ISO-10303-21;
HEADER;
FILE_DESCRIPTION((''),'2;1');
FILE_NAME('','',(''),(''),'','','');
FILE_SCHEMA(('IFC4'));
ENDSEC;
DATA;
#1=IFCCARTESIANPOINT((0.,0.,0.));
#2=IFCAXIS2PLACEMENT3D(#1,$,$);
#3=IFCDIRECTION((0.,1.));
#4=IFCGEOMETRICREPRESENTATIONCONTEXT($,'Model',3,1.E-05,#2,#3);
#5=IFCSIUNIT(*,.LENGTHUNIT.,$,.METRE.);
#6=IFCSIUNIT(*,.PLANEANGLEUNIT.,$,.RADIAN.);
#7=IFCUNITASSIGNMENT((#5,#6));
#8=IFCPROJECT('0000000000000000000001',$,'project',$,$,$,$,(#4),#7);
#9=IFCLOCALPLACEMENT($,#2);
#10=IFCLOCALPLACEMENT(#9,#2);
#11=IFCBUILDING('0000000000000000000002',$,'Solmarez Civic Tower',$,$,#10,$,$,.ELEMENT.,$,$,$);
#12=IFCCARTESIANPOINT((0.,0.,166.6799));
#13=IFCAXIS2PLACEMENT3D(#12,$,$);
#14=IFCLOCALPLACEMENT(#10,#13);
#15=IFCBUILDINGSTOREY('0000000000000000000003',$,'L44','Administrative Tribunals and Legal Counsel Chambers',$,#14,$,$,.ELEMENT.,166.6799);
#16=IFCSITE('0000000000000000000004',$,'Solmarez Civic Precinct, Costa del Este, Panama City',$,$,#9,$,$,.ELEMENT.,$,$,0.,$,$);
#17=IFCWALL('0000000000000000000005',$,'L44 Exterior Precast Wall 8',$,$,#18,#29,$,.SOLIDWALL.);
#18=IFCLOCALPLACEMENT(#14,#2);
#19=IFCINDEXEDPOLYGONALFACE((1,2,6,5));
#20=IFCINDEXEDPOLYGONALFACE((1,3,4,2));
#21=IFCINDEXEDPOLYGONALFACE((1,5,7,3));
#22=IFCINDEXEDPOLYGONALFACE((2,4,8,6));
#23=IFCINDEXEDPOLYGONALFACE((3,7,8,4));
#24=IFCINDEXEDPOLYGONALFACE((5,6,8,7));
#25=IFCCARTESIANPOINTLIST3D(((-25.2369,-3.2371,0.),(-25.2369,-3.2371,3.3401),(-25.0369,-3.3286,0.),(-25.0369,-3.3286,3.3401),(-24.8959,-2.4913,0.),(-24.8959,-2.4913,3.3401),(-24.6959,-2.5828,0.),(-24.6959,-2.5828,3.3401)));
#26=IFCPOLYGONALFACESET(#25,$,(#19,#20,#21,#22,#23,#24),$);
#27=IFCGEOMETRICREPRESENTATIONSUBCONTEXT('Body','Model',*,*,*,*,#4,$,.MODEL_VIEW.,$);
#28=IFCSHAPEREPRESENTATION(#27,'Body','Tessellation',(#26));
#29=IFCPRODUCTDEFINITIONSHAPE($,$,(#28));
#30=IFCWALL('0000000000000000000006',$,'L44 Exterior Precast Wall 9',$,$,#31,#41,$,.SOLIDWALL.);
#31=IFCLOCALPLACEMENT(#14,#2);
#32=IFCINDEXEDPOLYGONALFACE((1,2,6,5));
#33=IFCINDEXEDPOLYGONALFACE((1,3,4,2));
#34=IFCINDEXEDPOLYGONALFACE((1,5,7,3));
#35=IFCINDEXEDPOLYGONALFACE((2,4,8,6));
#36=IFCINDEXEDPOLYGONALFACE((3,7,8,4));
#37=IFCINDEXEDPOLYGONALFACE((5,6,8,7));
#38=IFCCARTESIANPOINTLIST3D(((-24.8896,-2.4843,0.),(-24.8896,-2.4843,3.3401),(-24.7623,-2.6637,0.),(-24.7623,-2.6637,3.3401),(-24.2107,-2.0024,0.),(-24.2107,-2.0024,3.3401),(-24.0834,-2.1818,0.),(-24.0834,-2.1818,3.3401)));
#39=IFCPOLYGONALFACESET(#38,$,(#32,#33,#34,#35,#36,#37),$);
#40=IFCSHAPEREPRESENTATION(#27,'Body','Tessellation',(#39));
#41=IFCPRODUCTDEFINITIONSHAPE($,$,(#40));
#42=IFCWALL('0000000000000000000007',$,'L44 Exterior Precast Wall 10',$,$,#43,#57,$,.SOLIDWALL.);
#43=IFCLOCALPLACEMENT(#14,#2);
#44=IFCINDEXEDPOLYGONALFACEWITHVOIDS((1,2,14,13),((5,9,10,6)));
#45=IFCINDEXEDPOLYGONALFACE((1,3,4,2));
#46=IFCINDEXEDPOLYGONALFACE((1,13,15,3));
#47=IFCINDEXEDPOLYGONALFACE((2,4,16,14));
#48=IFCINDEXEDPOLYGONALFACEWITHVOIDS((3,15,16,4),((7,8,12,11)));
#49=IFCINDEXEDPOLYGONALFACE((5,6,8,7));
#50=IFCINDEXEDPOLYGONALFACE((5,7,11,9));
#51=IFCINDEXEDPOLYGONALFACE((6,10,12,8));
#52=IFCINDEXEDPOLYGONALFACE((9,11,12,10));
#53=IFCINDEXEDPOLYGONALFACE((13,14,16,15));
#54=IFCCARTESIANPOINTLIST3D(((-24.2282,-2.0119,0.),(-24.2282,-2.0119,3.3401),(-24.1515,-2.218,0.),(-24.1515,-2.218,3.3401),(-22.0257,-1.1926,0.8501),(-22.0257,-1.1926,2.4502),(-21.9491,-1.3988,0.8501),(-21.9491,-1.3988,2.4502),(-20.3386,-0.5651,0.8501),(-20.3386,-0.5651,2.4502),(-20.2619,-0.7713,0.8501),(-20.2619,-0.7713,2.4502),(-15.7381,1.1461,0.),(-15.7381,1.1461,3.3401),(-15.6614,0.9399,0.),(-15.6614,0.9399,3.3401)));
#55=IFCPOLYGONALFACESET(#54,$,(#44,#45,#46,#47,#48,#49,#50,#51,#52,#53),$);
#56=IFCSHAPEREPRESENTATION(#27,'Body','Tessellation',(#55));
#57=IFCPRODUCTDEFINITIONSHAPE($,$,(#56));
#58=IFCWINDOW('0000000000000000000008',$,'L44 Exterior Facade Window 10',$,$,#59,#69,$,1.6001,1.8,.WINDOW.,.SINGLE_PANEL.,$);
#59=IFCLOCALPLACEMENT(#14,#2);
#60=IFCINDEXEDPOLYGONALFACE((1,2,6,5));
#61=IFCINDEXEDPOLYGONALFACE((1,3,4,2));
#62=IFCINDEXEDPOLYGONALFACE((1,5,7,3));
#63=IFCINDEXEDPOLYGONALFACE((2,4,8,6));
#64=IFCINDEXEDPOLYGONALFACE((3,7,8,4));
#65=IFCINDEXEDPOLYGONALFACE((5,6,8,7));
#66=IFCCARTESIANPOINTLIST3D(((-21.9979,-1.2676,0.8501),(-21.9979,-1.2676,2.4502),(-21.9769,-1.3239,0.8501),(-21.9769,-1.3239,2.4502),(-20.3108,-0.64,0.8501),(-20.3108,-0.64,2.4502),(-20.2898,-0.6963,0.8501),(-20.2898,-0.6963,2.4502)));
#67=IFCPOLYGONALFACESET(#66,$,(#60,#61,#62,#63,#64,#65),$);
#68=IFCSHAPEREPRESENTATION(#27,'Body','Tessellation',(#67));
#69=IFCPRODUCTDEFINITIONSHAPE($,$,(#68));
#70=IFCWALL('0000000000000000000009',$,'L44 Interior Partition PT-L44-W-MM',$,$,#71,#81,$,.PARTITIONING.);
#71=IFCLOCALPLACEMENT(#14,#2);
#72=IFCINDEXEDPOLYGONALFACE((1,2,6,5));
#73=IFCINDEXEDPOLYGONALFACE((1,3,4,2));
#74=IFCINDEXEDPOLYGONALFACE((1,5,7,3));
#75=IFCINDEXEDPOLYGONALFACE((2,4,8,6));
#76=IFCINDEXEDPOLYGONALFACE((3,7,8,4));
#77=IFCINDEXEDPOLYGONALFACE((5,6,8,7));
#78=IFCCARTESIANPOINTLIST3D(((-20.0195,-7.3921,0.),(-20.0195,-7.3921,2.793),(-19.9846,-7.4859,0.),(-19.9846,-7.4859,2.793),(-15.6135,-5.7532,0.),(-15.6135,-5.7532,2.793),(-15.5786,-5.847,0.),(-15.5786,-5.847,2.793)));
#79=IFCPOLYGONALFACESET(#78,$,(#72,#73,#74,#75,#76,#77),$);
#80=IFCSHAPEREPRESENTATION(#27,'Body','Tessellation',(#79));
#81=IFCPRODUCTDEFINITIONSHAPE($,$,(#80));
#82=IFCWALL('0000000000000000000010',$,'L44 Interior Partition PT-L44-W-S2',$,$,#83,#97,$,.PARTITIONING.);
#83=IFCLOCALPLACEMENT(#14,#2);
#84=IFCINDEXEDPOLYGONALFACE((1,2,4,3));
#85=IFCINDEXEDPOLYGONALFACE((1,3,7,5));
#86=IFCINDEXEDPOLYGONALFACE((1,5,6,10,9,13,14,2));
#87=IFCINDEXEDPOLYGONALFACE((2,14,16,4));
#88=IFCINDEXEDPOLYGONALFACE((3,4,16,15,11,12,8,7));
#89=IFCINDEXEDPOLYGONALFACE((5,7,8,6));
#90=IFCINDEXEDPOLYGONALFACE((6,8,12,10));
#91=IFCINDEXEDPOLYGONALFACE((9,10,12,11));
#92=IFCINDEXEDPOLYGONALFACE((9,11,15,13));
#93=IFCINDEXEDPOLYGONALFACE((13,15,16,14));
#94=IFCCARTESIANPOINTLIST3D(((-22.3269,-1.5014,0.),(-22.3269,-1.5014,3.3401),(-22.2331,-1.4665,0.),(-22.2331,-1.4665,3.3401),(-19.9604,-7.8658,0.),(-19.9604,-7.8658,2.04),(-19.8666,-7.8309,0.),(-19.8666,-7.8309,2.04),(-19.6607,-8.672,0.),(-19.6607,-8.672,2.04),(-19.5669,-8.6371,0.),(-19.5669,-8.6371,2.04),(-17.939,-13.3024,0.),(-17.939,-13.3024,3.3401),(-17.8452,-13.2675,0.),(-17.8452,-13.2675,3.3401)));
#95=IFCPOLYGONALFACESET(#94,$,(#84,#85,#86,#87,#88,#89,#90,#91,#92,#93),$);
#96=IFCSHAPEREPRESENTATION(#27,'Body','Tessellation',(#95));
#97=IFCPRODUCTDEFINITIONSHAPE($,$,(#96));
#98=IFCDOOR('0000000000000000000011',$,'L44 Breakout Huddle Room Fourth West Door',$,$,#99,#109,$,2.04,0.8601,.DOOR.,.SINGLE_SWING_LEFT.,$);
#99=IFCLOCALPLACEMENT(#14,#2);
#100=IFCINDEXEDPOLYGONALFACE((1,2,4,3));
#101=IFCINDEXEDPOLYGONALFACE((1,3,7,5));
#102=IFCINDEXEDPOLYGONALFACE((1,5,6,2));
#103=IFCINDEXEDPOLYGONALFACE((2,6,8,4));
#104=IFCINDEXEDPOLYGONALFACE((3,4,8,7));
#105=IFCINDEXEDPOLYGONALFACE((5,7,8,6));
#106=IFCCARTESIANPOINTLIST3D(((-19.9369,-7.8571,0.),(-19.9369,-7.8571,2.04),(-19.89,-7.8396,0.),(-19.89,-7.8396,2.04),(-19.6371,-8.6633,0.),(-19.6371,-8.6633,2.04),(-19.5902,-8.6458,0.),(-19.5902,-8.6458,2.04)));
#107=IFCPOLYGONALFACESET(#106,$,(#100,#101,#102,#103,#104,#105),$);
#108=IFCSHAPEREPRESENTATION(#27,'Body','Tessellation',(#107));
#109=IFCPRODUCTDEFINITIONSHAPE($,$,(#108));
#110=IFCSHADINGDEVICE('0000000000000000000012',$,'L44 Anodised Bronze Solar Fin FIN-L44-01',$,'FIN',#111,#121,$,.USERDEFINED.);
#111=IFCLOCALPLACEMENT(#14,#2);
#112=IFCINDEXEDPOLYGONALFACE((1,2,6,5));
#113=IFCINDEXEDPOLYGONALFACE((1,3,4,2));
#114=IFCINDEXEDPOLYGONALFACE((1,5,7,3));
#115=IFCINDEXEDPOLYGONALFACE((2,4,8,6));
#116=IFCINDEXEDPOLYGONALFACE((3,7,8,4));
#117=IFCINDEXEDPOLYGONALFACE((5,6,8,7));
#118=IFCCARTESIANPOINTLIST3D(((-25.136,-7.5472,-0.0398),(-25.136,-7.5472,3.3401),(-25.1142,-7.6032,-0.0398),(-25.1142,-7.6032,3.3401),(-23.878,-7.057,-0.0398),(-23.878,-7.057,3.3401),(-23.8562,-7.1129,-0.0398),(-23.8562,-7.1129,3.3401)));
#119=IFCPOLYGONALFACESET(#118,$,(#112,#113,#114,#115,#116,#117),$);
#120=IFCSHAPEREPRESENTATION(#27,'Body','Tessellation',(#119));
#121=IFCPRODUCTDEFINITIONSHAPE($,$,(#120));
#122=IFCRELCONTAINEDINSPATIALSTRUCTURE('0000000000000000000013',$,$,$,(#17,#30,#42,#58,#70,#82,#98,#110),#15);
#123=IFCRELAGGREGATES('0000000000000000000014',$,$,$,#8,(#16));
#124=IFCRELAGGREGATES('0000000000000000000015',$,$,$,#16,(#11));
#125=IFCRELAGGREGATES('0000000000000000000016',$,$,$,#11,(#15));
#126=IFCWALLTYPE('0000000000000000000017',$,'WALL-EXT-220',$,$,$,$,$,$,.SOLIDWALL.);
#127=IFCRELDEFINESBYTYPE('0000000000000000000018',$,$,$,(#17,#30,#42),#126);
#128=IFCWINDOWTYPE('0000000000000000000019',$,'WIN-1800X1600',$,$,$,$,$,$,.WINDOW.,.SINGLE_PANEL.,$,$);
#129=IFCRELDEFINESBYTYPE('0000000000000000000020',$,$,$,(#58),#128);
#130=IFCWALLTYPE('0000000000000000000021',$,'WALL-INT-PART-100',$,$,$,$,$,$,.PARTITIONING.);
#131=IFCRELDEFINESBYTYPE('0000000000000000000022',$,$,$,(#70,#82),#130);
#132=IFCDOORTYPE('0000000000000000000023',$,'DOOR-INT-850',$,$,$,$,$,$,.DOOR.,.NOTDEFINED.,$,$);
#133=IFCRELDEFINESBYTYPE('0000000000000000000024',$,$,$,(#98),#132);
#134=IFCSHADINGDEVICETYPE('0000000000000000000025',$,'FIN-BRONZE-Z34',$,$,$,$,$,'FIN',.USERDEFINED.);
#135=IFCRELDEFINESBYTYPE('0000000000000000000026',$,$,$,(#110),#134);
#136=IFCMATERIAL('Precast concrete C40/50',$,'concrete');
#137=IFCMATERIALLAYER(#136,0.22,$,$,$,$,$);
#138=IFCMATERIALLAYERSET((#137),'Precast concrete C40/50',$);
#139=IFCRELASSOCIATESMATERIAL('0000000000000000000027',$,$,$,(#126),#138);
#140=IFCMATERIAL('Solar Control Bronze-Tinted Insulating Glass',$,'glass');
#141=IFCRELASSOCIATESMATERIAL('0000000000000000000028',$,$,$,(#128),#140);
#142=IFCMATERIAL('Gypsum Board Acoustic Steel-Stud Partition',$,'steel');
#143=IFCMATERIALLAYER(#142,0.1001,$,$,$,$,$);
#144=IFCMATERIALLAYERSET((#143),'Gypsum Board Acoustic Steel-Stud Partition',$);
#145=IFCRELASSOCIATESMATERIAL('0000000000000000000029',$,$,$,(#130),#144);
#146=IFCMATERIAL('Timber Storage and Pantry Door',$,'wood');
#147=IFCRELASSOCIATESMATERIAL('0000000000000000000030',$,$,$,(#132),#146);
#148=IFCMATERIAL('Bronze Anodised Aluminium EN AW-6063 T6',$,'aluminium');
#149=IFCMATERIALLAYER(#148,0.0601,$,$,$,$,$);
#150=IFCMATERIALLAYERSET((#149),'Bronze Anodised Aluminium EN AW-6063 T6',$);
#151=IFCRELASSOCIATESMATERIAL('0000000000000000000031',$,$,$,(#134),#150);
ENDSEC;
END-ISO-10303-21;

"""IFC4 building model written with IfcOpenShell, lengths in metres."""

from ifc_helpers import new_model, si_unit, direction, frame, frame_2d, origin, origin_2d, place, context, subcontext, project, spatial, rectangle, extrude, material, layer, layer_set, type_object, element, fill, save


model = new_model("IFC4")

# Units and contexts
model_context = context("Model", 3, precision=1e-05, world=origin(), true_north=direction((0.0, 1.0)))
body_context = subcontext(model_context, "Body", "Model", "MODEL_VIEW")
ifc_project = project(units=[si_unit("LENGTHUNIT", "METRE"), si_unit("PLANEANGLEUNIT", "RADIAN")], contexts=[model_context])

# Site, building, storey
site_placement = place(None, origin())
site = spatial("IfcSite", under=ifc_project, at=site_placement, Name="Solmarez Civic Precinct, Costa del Este, Panama City", CompositionType="ELEMENT", RefElevation=0.0)
building_placement = place(site_placement, origin())
building = spatial("IfcBuilding", under=site, at=building_placement, Name="Solmarez Civic Tower", CompositionType="ELEMENT")
storey_placement = place(building_placement, frame((0.0, 0.0, 166.6799)))
storey = spatial("IfcBuildingStorey", under=building, at=storey_placement, Name="L44", Description="Administrative Tribunals and Legal Counsel Chambers", CompositionType="ELEMENT", Elevation=166.6799)

# Shared definitions
ifc_material_1 = material(Name="Precast concrete C40/50", Category="concrete")
ifc_layer_1 = layer(ifc_material_1, 0.22)
ifc_layer_set_1 = layer_set([ifc_layer_1], Name="Precast concrete C40/50")
wall_type_1 = type_object("IfcWallType", Name="WALL-EXT-220", PredefinedType="SOLIDWALL", material=ifc_layer_set_1)

# Shared definitions
ifc_material_2 = material(Name="Solar Control Bronze-Tinted Insulating Glass", Category="glass")

# Walls
wall_1_placement = place(storey_placement, frame((-25.137, -3.283, 0.0), z_axis=(0.0, 0.0, 1.0), x_axis=(0.415865, 0.909426, 0.0)))
element("IfcWall", 1, at=wall_1_placement, inside=storey, type_object=wall_type_1, Name="L44 Exterior Precast Wall 8", PredefinedType="SOLIDWALL", context=body_context, shape_type="SweptSolid", body=[
    extrude(rectangle(XDim=0.8201, YDim=0.22, at=frame_2d((0.4102, 0.0))), origin(), (0.0, 0.0, 1.0), 3.3401),
])
wall_2_placement = place(storey_placement, frame((-24.8259, -2.574, 0.0), z_axis=(0.0, 0.0, 1.0), x_axis=(0.815454, 0.578822, 0.0)))
element("IfcWall", 2, at=wall_2_placement, inside=storey, type_object=wall_type_1, Name="L44 Exterior Precast Wall 9", PredefinedType="SOLIDWALL", context=body_context, shape_type="SweptSolid", body=[
    extrude(rectangle(XDim=0.8325, YDim=0.22, at=frame_2d((0.4163, 0.0))), origin(), (0.0, 0.0, 1.0), 3.3401),
])

# Wall, opening, window
wall_3_placement = place(storey_placement, frame((-24.1899, -2.115, 0.0), z_axis=(0.0, 0.0, 1.0), x_axis=(0.937262, 0.348626, 0.0)))
wall_3 = element("IfcWall", 3, at=wall_3_placement, inside=storey, type_object=wall_type_1, Name="L44 Exterior Precast Wall 10", PredefinedType="SOLIDWALL", context=body_context, shape_type="SweptSolid", body=[
    extrude(rectangle(XDim=9.0583, YDim=0.22, at=frame_2d((4.5293, 0.0))), origin(), (0.0, 0.0, 1.0), 3.3401),
])
opening_1_placement = place(wall_3_placement, frame((2.3501, 0.0, 0.8501)))
opening_1 = element("IfcOpeningElement", 4, at=opening_1_placement, cuts=wall_3, PredefinedType="OPENING", context=body_context, shape_type="SweptSolid", body=[
    extrude(rectangle(XDim=1.8, YDim=1.6001, at=frame_2d((0.8999, 0.8))), frame((0.0, 0.1199, 0.0), z_axis=(0.0, -1.0, 0.0), x_axis=(1.0, 0.0, 0.0)), (0.0, 0.0, 1.0), 0.24),
])
window_type_1 = type_object("IfcWindowType", Name="WIN-1800X1600", PartitioningType="SINGLE_PANEL", PredefinedType="WINDOW", material=ifc_material_2)
window_1_placement = place(opening_1_placement, origin())
window_1 = element("IfcWindow", 5, at=window_1_placement, inside=storey, type_object=window_type_1, Name="L44 Exterior Facade Window 10", OverallHeight=1.6001, OverallWidth=1.8, PartitioningType="SINGLE_PANEL", PredefinedType="WINDOW", context=body_context, shape_type="SweptSolid", body=[
    extrude(rectangle(XDim=1.8, YDim=1.6001, at=frame_2d((0.8999, 0.8))), frame((0.0, 0.03, 0.0), z_axis=(0.0, -1.0, 0.0), x_axis=(1.0, 0.0, 0.0)), (0.0, 0.0, 1.0), 0.0601),
])
fill(opening_1, window_1)

# Wall
ifc_material_3 = material(Name="Gypsum Board Acoustic Steel-Stud Partition", Category="steel")
ifc_layer_2 = layer(ifc_material_3, 0.1001)
ifc_layer_set_2 = layer_set([ifc_layer_2], Name="Gypsum Board Acoustic Steel-Stud Partition")
wall_type_2 = type_object("IfcWallType", Name="WALL-INT-PART-100", PredefinedType="PARTITIONING", material=ifc_layer_set_2)
wall_4_placement = place(storey_placement, frame((-15.5959, -5.8, 0.0), z_axis=(0.0, 0.0, 1.0), x_axis=(-0.937259, -0.348635, 0.0)))
element("IfcWall", 6, at=wall_4_placement, inside=storey, type_object=wall_type_2, Name="L44 Interior Partition PT-L44-W-MM", PredefinedType="PARTITIONING", context=body_context, shape_type="SweptSolid", body=[
    extrude(rectangle(XDim=4.7009, YDim=0.1001, at=frame_2d((2.3506, 0.0))), origin(), (0.0, 0.0, 1.0), 2.793),
])

# Wall, opening, door
wall_5_placement = place(storey_placement, frame((-17.8921, -13.2849, 0.0), z_axis=(0.0, 0.0, 1.0), x_axis=(-0.348515, 0.937303, 0.0)))
wall_5 = element("IfcWall", 7, at=wall_5_placement, inside=storey, type_object=wall_type_2, Name="L44 Interior Partition PT-L44-W-S2", PredefinedType="PARTITIONING", context=body_context, shape_type="SweptSolid", body=[
    extrude(rectangle(XDim=12.5903, YDim=0.1001, at=frame_2d((6.2952, 0.0))), origin(), (0.0, 0.0, 1.0), 3.3401),
])
opening_2_placement = place(wall_5_placement, frame((4.9399, 0.0, 0.0)))
opening_2 = element("IfcOpeningElement", 8, at=opening_2_placement, cuts=wall_5, PredefinedType="OPENING", context=body_context, shape_type="SweptSolid", body=[
    extrude(rectangle(XDim=0.8601, YDim=2.04, at=frame_2d((0.4302, 1.02))), frame((0.0, 0.0601, 0.0), z_axis=(0.0, -1.0, 0.0), x_axis=(1.0, 0.0, 0.0)), (0.0, 0.0, 1.0), 0.1201),
])
ifc_material_4 = material(Name="Timber Storage and Pantry Door", Category="wood")
door_type = type_object("IfcDoorType", Name="DOOR-INT-850", OperationType="NOTDEFINED", PredefinedType="DOOR", material=ifc_material_4)
door_placement = place(opening_2_placement, origin())
door = element("IfcDoor", 9, at=door_placement, inside=storey, type_object=door_type, Name="L44 Breakout Huddle Room Fourth West Door", OperationType="SINGLE_SWING_LEFT", OverallHeight=2.04, OverallWidth=0.8601, PredefinedType="DOOR", context=body_context, shape_type="SweptSolid", body=[
    extrude(rectangle(XDim=0.8601, YDim=2.04, at=frame_2d((0.4302, 1.02))), frame((0.0, 0.0249, 0.0), z_axis=(0.0, -1.0, 0.0), x_axis=(1.0, 0.0, 0.0)), (0.0, 0.0, 1.0), 0.05),
])
fill(opening_2, door)

# Shading device
ifc_material_5 = material(Name="Bronze Anodised Aluminium EN AW-6063 T6", Category="aluminium")
ifc_layer_3 = layer(ifc_material_5, 0.0601)
ifc_layer_set_3 = layer_set([ifc_layer_3], Name="Bronze Anodised Aluminium EN AW-6063 T6")
shading_device_type = type_object("IfcShadingDeviceType", Name="FIN-BRONZE-Z34", ElementType="FIN", PredefinedType="USERDEFINED", material=ifc_layer_set_3)
shading_device_placement = place(storey_placement, frame((-24.4961, -7.3301, -0.0398), z_axis=(0.0, 0.0, 1.0), x_axis=(-0.931748, -0.363105, 0.0)))
element("IfcShadingDevice", 10, at=shading_device_placement, inside=storey, type_object=shading_device_type, Name="L44 Anodised Bronze Solar Fin FIN-L44-01", ObjectType="FIN", PredefinedType="USERDEFINED", context=body_context, shape_type="SweptSolid", body=[
    extrude(rectangle(XDim=1.3501, YDim=0.0601, at=origin_2d()), origin(), (0.0, 0.0, 1.0), 3.3799),
])

save(model, "model.ifc")
